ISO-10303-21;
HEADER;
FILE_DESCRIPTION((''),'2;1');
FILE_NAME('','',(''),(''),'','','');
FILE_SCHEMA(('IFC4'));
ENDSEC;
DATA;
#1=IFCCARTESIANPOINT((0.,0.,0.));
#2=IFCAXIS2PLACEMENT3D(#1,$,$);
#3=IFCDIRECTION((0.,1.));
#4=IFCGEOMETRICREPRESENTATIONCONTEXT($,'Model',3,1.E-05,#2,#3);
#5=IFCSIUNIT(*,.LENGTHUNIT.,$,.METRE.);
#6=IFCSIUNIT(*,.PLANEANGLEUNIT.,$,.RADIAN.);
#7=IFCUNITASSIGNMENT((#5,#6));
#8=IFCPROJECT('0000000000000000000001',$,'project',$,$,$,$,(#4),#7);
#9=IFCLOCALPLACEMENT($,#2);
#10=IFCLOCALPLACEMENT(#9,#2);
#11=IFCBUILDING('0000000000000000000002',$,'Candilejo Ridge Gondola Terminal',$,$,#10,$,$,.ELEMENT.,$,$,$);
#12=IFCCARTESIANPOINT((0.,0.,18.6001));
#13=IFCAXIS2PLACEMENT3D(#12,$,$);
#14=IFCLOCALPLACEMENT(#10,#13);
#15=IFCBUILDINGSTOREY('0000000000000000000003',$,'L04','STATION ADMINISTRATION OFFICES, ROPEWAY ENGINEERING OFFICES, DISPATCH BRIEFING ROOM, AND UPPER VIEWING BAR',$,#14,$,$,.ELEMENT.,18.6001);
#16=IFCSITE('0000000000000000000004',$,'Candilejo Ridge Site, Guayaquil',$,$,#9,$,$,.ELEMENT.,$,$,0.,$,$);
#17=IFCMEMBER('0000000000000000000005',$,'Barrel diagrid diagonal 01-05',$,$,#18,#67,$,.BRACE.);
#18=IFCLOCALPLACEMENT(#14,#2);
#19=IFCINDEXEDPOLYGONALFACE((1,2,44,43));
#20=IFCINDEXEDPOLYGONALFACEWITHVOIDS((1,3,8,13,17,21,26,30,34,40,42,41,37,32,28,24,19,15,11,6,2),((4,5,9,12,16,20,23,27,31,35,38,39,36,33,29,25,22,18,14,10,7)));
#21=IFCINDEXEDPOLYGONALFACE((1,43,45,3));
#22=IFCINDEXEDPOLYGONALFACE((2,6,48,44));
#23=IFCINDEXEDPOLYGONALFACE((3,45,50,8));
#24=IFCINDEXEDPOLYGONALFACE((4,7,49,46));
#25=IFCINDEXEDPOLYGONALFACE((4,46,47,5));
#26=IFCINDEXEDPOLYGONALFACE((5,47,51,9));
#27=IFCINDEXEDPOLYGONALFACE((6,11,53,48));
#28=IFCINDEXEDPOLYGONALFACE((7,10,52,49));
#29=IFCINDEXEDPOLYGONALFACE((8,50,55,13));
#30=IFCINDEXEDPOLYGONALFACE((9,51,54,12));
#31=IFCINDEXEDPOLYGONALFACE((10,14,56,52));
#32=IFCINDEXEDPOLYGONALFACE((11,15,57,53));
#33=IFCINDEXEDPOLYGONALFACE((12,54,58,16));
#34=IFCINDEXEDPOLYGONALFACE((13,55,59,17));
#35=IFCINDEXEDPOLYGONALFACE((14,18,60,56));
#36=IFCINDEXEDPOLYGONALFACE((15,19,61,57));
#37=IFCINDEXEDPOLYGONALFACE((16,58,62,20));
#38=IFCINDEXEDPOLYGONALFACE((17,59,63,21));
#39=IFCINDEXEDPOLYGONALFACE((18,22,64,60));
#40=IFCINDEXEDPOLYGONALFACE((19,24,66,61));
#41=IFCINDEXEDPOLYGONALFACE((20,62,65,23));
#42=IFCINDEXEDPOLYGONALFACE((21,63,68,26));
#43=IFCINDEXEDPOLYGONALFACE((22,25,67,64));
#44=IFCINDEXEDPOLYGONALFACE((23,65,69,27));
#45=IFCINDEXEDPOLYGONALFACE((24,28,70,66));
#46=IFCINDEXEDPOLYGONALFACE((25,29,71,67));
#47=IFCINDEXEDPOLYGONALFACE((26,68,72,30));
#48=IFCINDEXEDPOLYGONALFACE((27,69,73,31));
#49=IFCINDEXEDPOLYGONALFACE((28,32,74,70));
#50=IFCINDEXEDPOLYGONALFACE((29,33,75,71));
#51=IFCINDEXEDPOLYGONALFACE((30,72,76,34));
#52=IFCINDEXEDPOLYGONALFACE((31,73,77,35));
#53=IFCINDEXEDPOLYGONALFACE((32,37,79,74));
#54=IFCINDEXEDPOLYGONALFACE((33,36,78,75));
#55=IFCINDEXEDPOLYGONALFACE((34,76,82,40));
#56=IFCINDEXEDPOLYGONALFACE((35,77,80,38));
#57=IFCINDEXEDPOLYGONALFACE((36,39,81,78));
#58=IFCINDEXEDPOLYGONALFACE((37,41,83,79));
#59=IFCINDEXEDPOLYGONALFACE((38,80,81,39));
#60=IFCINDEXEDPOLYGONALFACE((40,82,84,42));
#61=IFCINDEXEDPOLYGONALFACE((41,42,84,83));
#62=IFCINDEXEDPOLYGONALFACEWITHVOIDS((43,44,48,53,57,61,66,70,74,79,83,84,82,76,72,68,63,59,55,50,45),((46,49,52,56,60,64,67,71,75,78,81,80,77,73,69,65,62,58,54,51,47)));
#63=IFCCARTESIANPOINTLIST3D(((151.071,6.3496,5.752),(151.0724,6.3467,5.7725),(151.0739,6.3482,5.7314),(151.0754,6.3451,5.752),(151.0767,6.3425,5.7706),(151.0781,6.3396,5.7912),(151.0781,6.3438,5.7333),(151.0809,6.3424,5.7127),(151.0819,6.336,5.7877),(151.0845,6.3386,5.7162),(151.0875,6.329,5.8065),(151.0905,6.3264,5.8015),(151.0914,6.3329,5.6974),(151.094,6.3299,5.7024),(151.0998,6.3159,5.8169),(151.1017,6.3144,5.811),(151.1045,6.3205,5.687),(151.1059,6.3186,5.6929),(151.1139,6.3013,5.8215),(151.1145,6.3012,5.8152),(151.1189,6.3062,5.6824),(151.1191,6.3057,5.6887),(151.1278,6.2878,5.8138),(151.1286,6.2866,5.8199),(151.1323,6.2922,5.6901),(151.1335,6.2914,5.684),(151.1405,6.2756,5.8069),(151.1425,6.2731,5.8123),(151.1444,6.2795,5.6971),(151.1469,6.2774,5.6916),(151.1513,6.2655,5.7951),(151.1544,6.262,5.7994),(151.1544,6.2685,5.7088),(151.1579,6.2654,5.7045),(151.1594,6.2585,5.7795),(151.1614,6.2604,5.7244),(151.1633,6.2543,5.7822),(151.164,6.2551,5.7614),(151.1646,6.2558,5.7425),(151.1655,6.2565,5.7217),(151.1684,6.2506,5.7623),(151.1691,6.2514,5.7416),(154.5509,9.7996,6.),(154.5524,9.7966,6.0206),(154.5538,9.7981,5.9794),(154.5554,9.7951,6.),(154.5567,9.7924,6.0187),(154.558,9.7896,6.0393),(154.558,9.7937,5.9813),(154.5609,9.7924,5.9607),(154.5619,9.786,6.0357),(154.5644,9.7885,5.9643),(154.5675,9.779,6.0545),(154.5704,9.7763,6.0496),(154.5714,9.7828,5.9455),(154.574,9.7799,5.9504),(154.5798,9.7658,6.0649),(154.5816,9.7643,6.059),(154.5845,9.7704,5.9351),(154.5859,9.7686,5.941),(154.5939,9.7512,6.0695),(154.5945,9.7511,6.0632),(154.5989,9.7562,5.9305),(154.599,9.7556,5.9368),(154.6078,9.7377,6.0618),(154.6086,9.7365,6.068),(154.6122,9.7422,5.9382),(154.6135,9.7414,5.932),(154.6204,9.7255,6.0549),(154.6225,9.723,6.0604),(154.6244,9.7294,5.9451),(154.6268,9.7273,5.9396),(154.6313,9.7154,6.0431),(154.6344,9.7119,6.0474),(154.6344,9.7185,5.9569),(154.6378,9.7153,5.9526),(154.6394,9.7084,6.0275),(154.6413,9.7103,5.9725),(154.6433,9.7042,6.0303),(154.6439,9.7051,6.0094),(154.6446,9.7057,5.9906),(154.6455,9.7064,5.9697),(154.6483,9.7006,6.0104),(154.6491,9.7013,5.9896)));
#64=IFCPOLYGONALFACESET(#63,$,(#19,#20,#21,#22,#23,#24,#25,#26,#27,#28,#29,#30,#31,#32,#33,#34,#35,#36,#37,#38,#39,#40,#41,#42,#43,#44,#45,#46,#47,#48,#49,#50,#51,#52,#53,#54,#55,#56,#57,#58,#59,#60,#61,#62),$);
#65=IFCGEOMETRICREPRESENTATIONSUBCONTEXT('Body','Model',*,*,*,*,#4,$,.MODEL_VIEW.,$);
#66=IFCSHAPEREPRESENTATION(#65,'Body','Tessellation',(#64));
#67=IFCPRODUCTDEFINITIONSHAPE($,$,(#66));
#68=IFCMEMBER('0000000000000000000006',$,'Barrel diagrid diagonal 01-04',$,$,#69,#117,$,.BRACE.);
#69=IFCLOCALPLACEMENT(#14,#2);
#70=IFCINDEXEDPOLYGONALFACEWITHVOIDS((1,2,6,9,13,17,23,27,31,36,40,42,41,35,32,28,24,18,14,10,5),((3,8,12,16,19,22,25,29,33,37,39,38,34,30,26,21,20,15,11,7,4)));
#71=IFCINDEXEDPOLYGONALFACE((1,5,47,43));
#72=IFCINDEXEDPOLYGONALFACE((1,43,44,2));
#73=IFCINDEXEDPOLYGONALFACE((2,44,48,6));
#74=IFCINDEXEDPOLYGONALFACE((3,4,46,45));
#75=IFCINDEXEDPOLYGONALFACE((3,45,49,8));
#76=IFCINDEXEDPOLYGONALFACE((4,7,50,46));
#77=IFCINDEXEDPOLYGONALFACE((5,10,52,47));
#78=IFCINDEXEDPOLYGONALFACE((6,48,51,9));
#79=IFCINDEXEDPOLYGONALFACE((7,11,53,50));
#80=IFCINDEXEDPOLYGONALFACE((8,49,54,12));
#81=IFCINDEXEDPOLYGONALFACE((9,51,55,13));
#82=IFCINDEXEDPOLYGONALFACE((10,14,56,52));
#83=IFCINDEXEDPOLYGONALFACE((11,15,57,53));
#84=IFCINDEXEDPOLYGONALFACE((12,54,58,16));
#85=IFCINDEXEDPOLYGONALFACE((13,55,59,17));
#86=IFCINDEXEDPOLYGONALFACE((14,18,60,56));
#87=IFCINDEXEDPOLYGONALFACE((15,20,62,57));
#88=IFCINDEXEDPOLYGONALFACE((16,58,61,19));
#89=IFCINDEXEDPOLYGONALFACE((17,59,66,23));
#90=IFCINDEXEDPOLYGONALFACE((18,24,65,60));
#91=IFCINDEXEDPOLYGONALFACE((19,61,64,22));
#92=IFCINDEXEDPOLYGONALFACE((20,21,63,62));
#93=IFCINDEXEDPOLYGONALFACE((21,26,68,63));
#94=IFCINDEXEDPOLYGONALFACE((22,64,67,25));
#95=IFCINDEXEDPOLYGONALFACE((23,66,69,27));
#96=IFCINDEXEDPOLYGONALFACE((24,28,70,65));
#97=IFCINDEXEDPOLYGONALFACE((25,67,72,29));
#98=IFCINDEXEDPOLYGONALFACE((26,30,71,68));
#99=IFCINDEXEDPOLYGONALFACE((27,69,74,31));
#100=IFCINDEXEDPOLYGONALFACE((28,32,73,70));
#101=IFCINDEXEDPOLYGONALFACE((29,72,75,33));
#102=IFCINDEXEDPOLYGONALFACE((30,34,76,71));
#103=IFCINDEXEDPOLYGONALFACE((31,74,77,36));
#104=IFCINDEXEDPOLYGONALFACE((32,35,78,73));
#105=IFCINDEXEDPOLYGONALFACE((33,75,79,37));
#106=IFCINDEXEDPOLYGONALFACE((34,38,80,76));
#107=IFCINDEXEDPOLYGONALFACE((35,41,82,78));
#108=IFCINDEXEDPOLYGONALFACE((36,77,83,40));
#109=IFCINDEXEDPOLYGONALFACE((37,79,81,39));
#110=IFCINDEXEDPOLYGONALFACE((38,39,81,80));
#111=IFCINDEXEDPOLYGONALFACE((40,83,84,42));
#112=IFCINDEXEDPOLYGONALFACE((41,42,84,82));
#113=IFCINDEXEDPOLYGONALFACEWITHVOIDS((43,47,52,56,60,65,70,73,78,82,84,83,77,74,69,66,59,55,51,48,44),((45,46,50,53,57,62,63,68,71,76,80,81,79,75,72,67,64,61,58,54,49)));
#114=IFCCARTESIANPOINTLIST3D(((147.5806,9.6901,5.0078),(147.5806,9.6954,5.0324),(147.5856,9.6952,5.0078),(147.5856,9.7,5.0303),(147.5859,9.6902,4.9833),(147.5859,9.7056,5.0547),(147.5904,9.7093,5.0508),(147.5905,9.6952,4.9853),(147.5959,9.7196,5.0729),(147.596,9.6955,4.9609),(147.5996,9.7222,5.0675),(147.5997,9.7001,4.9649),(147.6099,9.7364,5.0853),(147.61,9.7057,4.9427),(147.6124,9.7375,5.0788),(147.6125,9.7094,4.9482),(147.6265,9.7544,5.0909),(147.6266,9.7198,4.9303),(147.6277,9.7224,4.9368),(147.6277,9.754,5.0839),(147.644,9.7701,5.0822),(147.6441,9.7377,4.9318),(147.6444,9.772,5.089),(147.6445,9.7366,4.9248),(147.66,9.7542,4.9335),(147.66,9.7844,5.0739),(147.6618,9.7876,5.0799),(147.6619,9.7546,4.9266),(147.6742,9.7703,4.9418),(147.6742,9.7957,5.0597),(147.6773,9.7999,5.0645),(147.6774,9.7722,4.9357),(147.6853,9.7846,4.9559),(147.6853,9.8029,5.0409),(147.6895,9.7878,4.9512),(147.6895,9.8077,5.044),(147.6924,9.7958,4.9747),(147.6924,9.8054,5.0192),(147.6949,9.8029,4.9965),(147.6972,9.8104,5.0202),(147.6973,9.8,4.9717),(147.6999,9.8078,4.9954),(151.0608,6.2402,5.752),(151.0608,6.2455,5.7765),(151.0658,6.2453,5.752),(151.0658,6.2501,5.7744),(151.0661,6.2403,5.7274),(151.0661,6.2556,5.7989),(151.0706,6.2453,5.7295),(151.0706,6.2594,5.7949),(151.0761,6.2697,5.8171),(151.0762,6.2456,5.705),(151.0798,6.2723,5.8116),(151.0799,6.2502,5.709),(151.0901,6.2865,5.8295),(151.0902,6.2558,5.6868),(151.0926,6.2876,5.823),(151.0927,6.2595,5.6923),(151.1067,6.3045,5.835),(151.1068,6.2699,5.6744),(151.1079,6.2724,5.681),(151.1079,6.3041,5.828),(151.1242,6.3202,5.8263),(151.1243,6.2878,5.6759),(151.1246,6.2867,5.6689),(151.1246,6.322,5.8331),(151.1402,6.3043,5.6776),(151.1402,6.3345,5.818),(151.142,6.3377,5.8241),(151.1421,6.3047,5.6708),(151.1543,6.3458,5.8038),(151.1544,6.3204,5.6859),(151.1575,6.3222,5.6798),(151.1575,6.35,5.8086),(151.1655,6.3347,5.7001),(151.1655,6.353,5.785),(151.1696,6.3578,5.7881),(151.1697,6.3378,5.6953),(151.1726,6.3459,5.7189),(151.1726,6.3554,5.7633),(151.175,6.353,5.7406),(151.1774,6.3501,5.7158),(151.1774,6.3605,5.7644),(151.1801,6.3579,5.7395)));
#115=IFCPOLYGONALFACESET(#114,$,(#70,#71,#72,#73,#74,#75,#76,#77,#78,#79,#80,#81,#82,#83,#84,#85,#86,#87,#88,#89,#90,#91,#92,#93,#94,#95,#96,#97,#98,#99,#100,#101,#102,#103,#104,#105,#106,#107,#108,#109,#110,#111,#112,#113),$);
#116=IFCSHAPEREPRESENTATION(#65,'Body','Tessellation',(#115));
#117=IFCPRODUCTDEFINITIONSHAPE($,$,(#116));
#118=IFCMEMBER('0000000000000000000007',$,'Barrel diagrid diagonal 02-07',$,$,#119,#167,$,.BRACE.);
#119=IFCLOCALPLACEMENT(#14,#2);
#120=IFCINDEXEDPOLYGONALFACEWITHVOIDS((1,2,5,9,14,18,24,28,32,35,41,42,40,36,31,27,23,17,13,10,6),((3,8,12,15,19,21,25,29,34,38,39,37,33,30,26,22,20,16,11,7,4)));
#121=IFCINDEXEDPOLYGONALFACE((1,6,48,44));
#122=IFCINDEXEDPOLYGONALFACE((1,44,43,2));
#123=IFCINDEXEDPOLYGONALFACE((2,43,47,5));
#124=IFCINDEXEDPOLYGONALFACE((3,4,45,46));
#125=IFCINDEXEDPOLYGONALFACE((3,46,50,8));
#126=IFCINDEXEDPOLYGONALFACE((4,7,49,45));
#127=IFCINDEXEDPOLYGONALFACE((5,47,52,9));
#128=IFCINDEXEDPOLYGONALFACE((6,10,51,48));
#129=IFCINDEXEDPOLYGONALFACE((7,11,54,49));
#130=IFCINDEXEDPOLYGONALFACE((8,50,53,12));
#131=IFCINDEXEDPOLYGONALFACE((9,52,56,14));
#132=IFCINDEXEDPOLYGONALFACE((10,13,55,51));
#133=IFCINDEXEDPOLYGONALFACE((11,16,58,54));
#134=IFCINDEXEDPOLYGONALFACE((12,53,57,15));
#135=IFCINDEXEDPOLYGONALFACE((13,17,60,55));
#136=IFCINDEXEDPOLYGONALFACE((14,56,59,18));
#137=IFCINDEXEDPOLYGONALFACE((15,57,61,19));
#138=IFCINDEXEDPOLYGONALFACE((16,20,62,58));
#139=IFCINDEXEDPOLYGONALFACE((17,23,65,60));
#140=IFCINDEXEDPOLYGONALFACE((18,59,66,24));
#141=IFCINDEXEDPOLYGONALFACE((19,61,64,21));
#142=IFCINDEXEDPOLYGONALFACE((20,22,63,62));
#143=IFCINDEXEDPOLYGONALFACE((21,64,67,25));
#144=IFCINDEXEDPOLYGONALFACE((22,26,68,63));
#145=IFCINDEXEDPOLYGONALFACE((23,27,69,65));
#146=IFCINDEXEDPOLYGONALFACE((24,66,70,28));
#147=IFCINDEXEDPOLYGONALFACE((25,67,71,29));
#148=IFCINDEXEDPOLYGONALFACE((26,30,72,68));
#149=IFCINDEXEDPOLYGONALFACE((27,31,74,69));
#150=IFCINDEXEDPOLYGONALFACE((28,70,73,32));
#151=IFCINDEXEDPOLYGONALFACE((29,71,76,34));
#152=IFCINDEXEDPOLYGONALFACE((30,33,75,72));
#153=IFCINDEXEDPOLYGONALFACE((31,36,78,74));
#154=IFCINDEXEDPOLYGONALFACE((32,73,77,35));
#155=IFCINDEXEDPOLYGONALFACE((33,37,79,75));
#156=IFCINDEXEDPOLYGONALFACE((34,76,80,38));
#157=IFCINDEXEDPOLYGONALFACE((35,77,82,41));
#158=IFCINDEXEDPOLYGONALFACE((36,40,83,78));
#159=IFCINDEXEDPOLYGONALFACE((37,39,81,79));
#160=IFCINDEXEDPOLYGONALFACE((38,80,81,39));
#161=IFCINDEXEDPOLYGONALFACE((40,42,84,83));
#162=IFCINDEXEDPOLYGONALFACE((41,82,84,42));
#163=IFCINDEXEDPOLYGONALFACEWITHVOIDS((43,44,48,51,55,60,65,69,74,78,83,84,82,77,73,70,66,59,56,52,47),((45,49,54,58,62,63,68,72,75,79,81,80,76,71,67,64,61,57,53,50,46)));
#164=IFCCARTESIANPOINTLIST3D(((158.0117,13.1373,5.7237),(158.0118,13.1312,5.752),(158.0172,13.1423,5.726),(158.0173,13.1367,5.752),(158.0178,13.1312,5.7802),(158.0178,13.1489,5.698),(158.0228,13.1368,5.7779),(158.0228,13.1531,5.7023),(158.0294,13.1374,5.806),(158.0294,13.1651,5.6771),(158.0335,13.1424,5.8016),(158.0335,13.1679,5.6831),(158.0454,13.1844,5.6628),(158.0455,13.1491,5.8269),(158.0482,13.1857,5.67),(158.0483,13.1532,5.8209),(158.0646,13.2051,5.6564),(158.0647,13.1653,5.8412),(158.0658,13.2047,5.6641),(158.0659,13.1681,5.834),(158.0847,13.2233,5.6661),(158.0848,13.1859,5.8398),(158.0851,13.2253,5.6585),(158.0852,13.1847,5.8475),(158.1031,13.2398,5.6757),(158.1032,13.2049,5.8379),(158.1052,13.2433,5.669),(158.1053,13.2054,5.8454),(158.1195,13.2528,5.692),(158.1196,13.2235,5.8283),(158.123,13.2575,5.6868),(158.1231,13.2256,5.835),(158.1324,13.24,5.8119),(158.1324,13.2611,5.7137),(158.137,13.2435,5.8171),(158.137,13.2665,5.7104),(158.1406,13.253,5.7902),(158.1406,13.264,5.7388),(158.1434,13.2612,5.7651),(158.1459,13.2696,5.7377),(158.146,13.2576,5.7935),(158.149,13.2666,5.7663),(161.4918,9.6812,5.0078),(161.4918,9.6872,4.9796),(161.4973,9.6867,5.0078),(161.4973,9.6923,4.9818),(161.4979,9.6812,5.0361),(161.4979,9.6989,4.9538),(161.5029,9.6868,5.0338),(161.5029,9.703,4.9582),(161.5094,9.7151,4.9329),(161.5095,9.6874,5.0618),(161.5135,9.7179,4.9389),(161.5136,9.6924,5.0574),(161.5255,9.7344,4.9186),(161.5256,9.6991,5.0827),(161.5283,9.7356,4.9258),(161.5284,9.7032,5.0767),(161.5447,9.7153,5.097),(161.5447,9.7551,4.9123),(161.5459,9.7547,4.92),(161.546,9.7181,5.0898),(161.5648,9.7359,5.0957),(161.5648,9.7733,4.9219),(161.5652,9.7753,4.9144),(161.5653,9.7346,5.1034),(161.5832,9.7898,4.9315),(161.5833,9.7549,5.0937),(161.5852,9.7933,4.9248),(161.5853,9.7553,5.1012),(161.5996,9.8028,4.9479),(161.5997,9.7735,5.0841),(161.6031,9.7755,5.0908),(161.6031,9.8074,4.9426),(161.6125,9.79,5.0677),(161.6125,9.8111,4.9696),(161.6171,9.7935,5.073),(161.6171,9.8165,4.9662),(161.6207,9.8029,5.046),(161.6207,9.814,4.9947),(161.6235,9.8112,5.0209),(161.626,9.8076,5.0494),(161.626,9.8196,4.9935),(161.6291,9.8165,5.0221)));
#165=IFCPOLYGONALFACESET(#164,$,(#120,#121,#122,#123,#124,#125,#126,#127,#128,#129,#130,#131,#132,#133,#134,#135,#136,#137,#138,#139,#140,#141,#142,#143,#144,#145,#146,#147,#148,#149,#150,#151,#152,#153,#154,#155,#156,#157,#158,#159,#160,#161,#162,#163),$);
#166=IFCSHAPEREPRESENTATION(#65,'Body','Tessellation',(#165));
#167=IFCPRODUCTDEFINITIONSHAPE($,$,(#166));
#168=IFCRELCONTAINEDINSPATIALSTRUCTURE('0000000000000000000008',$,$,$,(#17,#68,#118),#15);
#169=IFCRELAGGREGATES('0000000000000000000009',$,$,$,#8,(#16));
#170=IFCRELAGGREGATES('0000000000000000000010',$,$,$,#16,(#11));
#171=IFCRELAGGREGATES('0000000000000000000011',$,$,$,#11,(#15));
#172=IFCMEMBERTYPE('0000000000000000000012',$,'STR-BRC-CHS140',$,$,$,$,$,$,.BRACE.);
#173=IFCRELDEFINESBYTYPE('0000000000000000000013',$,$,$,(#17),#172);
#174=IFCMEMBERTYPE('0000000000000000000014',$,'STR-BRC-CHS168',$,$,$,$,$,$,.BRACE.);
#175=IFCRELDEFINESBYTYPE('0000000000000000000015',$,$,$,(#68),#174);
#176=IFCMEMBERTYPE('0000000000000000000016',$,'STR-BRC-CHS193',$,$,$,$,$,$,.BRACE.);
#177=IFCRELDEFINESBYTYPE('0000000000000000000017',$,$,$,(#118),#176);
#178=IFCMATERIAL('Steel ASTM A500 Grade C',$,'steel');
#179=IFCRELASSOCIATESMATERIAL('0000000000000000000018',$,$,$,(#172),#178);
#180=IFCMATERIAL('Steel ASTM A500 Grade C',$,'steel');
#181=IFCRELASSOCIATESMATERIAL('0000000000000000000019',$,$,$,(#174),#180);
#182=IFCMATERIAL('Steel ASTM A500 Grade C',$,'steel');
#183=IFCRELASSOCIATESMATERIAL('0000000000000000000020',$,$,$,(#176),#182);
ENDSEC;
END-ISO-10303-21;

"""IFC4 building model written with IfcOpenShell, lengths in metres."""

from ifc_helpers import new_model, si_unit, direction, frame, origin, origin_2d, place, context, subcontext, project, spatial, hollow_circle, extrude, material, material_profile, profile_set, type_object, element, save


model = new_model("IFC4")

# Units and contexts
model_context = context("Model", 3, precision=1e-05, world=origin(), true_north=direction((0.0, 1.0)))
body_context = subcontext(model_context, "Body", "Model", "MODEL_VIEW")
ifc_project = project(units=[si_unit("LENGTHUNIT", "METRE"), si_unit("PLANEANGLEUNIT", "RADIAN")], contexts=[model_context])

# Site, building, storey
site_placement = place(None, origin())
site = spatial("IfcSite", under=ifc_project, at=site_placement, Name="Candilejo Ridge Site, Guayaquil", CompositionType="ELEMENT", RefElevation=0.0)
building_placement = place(site_placement, origin())
building = spatial("IfcBuilding", under=site, at=building_placement, Name="Candilejo Ridge Gondola Terminal", CompositionType="ELEMENT")
storey_placement = place(building_placement, frame((0.0, 0.0, 18.6001)))
storey = spatial("IfcBuildingStorey", under=building, at=storey_placement, Name="L04", Description="STATION ADMINISTRATION OFFICES, ROPEWAY ENGINEERING OFFICES, DISPATCH BRIEFING ROOM, AND UPPER VIEWING BAR", CompositionType="ELEMENT", Elevation=18.6001)

# Members
ifc_material_1 = material(Name="Steel ASTM A500 Grade C", Category="steel")
ifc_material_profile_1 = material_profile(ifc_material_1, hollow_circle(Radius=0.0698, WallThickness=0.0063, at=origin_2d()))
ifc_profile_set_1 = profile_set([ifc_material_profile_1], Name="Steel ASTM A500 Grade C")
member_type_1 = type_object("IfcMemberType", Name="STR-BRC-CHS140", PredefinedType="BRACE", material=ifc_profile_set_1)
member_1_placement = place(storey_placement, frame((151.1201, 6.3, 5.752), z_axis=(0.709256, 0.703136, 0.050555), x_axis=(-0.704036, 0.710164, 0.0)))
element("IfcMember", 1, at=member_1_placement, inside=storey, type_object=member_type_1, Name="Barrel diagrid diagonal 01-05", PredefinedType="BRACE", context=body_context, shape_type="SweptSolid", body=[
    extrude(hollow_circle(Radius=0.0698, WallThickness=0.0063, at=origin_2d()), origin(), (0.0, 0.0, 1.0), 4.9065),
])
ifc_material_2 = material(Name="Steel ASTM A500 Grade C", Category="steel")
ifc_material_profile_2 = material_profile(ifc_material_2, hollow_circle(Radius=0.0842, WallThickness=0.0071, at=origin_2d()))
ifc_profile_set_2 = profile_set([ifc_material_profile_2], Name="Steel ASTM A500 Grade C")
member_type_2 = type_object("IfcMemberType", Name="STR-BRC-CHS168", PredefinedType="BRACE", material=ifc_profile_set_2)
member_2_placement = place(storey_placement, frame((151.1201, 6.3, 5.752), z_axis=(-0.70214, 0.696032, -0.150131), x_axis=(-0.704011, -0.710189, 0.0)))
element("IfcMember", 2, at=member_2_placement, inside=storey, type_object=member_type_2, Name="Barrel diagrid diagonal 01-04", PredefinedType="BRACE", context=body_context, shape_type="SweptSolid", body=[
    extrude(hollow_circle(Radius=0.0842, WallThickness=0.0071, at=origin_2d()), origin(), (0.0, 0.0, 1.0), 4.9565),
])
ifc_material_3 = material(Name="Steel ASTM A500 Grade C", Category="steel")
ifc_material_profile_3 = material_profile(ifc_material_3, hollow_circle(Radius=0.0969, WallThickness=0.0078, at=origin_2d()))
ifc_profile_set_3 = profile_set([ifc_material_profile_3], Name="Steel ASTM A500 Grade C")
member_type_3 = type_object("IfcMemberType", Name="STR-BRC-CHS193", PredefinedType="BRACE", material=ifc_profile_set_3)
member_3_placement = place(storey_placement, frame((161.5601, 9.75, 5.0078), z_axis=(-0.702115, 0.696056, 0.150136), x_axis=(-0.704036, -0.710164, 0.0)))
element("IfcMember", 3, at=member_3_placement, inside=storey, type_object=member_type_3, Name="Barrel diagrid diagonal 02-07", PredefinedType="BRACE", context=body_context, shape_type="SweptSolid", body=[
    extrude(hollow_circle(Radius=0.0969, WallThickness=0.0078, at=origin_2d()), origin(), (0.0, 0.0, 1.0), 4.9565),
])

save(model, "model.ifc")
